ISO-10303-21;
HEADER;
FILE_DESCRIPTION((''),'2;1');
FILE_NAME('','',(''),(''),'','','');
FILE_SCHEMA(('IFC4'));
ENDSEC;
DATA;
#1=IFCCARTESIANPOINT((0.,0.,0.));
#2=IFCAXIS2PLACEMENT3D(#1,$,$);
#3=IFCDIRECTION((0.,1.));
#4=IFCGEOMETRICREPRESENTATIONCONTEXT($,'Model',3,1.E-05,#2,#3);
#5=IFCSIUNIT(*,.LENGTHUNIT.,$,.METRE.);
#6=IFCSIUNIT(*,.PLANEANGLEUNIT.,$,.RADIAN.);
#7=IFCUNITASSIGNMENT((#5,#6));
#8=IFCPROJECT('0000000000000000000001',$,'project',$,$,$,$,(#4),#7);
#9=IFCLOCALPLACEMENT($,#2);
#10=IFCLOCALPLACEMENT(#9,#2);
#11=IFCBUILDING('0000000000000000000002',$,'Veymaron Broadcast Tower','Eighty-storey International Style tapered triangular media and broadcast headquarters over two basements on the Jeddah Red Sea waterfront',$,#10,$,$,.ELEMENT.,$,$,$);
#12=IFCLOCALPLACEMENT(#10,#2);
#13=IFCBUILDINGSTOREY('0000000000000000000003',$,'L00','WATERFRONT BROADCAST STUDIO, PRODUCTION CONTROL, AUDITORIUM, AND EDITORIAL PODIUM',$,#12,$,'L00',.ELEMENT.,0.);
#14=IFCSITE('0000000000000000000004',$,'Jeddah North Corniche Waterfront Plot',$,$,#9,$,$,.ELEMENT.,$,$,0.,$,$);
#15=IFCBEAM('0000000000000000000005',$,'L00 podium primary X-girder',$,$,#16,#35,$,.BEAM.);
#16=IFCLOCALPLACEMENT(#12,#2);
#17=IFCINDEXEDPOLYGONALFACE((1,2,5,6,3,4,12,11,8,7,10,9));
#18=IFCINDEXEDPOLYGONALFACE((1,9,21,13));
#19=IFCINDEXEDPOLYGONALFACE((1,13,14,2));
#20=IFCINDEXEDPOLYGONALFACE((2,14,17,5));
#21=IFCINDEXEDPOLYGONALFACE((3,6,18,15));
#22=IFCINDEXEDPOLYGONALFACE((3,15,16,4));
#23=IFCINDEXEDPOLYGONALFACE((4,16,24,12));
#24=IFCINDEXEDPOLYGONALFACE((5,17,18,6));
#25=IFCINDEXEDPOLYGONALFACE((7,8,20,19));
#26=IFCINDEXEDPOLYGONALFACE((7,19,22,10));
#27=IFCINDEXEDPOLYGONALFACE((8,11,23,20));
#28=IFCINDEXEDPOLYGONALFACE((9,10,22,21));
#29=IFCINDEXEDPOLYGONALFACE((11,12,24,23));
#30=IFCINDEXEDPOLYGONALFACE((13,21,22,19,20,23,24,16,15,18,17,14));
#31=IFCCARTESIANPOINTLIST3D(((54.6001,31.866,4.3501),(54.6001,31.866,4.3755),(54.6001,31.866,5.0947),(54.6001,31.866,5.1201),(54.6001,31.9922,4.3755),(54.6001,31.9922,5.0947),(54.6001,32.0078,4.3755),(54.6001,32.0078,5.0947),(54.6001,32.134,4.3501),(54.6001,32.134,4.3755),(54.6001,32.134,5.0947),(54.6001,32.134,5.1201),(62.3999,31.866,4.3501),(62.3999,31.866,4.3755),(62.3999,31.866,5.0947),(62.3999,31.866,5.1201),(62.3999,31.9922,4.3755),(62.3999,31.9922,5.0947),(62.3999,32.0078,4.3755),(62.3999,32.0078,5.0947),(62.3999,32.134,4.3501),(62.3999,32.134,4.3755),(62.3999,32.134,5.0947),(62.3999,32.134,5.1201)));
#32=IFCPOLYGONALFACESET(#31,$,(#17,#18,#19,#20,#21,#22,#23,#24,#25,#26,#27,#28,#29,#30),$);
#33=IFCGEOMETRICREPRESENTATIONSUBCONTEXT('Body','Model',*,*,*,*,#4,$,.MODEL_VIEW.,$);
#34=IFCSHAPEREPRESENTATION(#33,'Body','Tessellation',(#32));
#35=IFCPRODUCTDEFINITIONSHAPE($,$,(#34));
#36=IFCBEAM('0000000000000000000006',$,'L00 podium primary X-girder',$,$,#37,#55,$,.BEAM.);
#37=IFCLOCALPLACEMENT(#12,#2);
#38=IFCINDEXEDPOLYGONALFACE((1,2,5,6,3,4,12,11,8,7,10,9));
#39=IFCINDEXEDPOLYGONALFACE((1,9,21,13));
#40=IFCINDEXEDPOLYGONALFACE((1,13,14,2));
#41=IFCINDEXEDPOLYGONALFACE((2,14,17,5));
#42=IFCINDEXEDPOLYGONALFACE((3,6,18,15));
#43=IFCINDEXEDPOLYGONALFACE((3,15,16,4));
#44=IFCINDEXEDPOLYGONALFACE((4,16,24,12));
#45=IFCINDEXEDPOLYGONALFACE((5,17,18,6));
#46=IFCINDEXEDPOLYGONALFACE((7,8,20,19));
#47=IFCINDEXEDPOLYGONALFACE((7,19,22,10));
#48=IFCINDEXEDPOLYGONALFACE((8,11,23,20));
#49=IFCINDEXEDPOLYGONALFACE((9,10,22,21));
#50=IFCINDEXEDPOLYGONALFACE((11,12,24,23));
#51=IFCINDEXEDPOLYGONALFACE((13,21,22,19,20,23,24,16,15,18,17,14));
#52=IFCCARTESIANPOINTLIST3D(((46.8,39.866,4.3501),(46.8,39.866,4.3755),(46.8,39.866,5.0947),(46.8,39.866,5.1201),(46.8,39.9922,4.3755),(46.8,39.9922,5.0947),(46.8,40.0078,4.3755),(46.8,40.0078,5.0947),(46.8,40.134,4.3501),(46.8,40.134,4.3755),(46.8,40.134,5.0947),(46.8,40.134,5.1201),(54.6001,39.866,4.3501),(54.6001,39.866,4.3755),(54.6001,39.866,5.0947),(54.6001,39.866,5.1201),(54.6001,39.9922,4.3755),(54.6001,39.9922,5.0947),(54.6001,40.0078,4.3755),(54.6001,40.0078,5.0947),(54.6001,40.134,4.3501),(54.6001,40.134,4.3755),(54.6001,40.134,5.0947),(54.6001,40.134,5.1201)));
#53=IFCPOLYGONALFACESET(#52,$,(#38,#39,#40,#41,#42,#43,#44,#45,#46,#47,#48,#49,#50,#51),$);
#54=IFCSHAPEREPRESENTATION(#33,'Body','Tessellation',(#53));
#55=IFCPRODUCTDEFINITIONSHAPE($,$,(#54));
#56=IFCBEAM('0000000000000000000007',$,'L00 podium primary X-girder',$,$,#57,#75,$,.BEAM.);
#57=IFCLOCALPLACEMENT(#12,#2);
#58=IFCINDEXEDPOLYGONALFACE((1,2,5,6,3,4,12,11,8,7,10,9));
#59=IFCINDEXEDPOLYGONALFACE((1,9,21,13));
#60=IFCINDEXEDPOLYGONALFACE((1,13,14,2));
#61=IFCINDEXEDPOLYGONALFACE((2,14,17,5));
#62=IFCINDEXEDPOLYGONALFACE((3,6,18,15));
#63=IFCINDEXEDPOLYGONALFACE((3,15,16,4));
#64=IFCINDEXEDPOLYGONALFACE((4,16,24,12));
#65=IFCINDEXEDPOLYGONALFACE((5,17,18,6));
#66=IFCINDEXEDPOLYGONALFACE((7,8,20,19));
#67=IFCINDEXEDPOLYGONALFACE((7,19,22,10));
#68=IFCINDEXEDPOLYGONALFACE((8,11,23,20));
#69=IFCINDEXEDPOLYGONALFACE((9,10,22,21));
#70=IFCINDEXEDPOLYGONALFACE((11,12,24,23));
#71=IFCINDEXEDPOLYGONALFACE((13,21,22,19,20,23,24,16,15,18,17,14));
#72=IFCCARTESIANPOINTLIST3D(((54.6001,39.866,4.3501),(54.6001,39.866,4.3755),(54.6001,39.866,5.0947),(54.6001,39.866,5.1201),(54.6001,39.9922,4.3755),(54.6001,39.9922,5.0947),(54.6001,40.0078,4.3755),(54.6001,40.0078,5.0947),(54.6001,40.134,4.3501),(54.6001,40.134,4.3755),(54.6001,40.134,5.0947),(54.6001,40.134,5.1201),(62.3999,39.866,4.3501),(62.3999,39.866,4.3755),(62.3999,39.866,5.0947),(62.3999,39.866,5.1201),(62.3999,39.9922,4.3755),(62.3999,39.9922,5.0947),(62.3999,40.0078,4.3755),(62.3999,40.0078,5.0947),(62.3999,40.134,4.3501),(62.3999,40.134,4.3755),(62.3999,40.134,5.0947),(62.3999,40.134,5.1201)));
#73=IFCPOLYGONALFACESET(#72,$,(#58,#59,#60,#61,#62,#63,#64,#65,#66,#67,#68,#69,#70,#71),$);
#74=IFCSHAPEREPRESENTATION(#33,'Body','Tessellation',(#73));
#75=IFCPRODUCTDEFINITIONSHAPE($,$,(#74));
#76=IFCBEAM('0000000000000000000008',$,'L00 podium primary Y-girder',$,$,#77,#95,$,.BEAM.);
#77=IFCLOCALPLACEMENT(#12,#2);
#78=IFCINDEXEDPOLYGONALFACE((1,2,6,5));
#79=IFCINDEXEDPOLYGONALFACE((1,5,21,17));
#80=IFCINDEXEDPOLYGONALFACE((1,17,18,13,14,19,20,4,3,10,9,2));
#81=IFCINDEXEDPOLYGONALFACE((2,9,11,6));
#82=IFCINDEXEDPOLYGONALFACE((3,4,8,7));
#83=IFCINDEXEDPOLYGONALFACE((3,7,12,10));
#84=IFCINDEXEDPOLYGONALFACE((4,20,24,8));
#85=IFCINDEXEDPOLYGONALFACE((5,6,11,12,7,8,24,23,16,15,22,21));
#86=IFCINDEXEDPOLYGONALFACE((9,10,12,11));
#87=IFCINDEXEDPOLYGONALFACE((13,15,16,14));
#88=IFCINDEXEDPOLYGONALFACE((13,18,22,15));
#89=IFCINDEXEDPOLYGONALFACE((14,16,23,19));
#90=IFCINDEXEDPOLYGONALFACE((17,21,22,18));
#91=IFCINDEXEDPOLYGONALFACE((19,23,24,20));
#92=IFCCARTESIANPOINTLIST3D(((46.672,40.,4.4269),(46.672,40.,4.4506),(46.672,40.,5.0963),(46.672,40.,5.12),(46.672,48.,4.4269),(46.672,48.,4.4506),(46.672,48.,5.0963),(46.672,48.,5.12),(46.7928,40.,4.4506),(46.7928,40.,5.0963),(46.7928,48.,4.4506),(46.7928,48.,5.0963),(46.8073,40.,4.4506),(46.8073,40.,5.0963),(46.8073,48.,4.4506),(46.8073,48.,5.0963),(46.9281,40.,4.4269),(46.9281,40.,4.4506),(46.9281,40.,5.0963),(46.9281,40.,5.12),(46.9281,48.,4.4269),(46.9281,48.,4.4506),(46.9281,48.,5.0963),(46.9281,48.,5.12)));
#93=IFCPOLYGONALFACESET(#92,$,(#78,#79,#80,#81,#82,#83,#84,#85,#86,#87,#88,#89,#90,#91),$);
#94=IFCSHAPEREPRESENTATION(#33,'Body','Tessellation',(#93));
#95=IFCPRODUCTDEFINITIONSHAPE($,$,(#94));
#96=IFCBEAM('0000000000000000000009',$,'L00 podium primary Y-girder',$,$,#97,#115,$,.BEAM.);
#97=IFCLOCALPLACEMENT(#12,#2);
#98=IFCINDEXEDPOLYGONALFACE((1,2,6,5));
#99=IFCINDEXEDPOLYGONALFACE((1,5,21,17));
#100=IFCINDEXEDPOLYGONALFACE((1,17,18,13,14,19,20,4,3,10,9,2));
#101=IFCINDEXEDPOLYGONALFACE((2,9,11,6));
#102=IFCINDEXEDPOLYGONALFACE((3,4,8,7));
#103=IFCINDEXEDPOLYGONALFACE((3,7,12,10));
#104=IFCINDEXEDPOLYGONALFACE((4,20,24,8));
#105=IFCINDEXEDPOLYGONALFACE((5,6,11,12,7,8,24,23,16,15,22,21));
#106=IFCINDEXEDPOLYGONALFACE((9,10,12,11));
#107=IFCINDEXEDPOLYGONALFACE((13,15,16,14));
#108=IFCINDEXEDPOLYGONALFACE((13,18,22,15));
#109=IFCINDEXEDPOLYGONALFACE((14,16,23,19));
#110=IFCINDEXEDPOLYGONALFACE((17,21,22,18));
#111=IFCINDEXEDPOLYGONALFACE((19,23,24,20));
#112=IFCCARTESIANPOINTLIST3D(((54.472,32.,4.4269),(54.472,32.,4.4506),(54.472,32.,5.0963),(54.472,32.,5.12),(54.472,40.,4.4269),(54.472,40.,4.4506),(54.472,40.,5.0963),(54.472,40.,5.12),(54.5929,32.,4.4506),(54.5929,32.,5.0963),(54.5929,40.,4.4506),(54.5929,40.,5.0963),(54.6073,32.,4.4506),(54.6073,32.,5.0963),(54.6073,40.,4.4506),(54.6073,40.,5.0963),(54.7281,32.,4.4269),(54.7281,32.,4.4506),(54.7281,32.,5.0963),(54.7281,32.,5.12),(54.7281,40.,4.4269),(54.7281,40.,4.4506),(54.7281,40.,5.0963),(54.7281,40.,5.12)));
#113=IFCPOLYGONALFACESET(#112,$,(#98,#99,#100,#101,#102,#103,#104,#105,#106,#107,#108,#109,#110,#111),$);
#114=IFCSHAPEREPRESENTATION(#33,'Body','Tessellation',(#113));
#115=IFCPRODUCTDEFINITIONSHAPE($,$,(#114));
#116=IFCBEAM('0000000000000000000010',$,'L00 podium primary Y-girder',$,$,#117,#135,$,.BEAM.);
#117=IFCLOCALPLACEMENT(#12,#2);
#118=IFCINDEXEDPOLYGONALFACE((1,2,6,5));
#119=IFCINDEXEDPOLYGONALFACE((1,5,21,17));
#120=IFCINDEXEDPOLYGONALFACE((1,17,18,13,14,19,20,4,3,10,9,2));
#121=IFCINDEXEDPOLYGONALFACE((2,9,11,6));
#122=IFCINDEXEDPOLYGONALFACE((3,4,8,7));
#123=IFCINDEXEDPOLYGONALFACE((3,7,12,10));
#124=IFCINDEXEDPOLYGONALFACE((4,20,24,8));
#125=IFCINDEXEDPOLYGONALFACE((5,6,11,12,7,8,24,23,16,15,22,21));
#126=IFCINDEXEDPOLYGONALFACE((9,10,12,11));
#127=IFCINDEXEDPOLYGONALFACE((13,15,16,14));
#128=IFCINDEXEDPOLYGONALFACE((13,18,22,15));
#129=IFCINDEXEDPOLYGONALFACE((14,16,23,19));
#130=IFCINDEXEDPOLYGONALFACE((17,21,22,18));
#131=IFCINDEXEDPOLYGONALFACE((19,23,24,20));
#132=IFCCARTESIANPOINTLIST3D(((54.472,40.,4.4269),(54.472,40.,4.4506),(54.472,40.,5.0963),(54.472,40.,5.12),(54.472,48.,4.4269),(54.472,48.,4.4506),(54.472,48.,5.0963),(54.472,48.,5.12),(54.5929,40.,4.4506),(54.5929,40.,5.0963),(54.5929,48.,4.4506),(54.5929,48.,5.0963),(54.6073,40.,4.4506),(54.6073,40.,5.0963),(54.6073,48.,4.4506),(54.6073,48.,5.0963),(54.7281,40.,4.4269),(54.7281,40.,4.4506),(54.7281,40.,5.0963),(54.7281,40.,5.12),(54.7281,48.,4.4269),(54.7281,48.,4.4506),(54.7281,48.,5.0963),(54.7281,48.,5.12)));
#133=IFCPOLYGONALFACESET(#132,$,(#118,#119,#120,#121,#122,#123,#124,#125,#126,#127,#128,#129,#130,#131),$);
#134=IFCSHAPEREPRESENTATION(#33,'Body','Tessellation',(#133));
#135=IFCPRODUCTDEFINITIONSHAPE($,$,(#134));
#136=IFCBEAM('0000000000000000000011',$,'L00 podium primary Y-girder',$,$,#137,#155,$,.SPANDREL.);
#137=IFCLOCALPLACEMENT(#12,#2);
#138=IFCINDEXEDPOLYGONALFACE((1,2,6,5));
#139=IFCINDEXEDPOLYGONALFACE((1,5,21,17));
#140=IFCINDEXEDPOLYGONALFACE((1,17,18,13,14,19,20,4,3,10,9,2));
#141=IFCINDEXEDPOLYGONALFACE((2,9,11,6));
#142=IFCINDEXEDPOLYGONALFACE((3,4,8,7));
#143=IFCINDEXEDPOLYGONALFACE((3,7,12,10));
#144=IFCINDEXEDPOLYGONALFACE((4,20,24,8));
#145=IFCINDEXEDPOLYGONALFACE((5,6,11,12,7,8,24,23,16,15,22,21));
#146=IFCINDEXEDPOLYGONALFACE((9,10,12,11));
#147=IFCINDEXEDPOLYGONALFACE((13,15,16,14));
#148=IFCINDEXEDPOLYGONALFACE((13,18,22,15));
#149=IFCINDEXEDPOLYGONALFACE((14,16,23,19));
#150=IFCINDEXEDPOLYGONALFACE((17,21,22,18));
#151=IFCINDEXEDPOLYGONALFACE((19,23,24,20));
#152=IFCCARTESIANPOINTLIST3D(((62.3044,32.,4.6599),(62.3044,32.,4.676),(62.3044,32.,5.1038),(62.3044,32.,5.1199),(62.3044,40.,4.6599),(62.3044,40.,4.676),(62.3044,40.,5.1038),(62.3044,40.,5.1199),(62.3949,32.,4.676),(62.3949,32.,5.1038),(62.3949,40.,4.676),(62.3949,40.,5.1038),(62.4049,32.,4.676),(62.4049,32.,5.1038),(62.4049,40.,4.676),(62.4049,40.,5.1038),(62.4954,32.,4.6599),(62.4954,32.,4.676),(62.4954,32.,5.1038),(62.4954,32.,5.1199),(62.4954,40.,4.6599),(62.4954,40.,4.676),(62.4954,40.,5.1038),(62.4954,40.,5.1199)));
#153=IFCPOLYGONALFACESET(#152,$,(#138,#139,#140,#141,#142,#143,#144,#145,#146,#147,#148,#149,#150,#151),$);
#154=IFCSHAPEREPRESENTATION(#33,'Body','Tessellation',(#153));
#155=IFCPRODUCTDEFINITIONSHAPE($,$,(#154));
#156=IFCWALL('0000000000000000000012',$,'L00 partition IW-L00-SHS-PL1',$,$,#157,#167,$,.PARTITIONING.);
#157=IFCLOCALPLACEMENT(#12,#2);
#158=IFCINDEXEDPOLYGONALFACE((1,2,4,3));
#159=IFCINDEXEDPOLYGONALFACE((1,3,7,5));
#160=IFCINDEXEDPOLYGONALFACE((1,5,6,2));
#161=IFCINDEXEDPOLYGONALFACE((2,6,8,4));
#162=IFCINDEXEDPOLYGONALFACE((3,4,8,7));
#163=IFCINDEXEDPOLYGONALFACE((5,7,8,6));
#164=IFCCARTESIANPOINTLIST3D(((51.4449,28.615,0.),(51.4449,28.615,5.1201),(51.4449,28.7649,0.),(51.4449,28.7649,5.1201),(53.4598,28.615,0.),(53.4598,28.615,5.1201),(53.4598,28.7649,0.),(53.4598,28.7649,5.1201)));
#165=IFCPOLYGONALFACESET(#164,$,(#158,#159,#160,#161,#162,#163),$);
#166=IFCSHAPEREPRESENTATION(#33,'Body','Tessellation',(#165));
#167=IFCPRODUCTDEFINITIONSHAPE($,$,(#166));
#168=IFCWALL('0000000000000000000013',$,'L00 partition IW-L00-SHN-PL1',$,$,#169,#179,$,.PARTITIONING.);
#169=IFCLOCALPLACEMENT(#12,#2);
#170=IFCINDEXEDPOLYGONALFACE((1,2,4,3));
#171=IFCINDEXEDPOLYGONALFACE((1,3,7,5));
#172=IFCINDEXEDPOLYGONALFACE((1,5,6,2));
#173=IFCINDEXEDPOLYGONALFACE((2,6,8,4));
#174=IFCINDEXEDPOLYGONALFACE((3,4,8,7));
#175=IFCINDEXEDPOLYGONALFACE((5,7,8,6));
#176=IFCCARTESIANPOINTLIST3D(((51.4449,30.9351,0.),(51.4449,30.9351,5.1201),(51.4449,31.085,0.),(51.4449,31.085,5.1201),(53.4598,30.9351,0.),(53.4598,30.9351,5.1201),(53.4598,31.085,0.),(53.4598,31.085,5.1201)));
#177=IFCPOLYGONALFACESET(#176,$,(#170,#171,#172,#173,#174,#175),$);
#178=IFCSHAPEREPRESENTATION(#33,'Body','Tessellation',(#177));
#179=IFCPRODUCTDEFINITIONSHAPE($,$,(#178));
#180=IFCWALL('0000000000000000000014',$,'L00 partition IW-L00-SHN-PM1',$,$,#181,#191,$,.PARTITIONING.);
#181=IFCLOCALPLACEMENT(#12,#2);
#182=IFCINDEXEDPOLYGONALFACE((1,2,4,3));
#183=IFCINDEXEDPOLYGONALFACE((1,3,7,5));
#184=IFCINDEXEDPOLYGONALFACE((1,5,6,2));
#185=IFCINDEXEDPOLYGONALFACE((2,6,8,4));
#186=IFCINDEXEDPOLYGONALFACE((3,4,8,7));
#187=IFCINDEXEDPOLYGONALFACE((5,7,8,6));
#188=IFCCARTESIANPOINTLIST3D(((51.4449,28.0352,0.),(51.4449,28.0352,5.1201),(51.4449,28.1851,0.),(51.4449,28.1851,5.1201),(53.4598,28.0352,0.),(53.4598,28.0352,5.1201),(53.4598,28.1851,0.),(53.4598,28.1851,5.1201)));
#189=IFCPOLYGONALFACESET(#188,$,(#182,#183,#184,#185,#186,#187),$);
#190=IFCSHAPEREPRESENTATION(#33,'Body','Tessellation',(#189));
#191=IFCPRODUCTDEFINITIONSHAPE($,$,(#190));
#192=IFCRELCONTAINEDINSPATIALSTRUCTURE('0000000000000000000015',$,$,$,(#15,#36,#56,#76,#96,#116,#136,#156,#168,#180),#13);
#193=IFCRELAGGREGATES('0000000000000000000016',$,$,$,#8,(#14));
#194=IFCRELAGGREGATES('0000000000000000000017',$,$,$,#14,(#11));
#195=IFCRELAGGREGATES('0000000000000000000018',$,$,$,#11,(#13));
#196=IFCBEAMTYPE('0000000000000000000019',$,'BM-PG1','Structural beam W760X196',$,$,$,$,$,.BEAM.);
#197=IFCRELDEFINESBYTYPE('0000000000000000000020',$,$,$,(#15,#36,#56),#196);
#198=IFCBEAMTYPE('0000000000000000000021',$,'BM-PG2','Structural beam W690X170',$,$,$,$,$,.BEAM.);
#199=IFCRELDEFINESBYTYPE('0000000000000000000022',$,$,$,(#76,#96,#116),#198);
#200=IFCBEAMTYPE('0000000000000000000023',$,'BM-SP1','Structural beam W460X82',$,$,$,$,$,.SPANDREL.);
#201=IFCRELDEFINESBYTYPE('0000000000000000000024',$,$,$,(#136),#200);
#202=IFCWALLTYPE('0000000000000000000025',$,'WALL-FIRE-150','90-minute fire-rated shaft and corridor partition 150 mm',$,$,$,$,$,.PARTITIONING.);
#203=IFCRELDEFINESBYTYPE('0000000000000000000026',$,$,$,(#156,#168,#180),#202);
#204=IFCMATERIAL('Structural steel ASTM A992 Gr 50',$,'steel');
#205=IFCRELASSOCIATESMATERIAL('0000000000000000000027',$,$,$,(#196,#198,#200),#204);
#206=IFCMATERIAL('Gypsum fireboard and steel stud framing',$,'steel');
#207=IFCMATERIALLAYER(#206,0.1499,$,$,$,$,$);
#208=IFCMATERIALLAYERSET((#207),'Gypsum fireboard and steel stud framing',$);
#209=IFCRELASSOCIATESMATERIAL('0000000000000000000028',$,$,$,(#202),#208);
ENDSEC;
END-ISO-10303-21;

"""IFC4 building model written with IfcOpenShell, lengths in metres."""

from ifc_helpers import new_model, si_unit, direction, frame, frame_2d, origin, origin_2d, place, context, subcontext, project, spatial, rectangle, i_section, extrude, material, layer, layer_set, material_profile, profile_set, type_object, element, save


model = new_model("IFC4")

# Units and contexts
model_context = context("Model", 3, precision=1e-05, world=origin(), true_north=direction((0.0, 1.0)))
body_context = subcontext(model_context, "Body", "Model", "MODEL_VIEW")
ifc_project = project(units=[si_unit("LENGTHUNIT", "METRE"), si_unit("PLANEANGLEUNIT", "RADIAN")], contexts=[model_context])

# Site, building, storey
site_placement = place(None, origin())
site = spatial("IfcSite", under=ifc_project, at=site_placement, Name="Jeddah North Corniche Waterfront Plot", CompositionType="ELEMENT", RefElevation=0.0)
building_placement = place(site_placement, origin())
building = spatial("IfcBuilding", under=site, at=building_placement, Name="Veymaron Broadcast Tower", Description="Eighty-storey International Style tapered triangular media and broadcast headquarters over two basements on the Jeddah Red Sea waterfront", CompositionType="ELEMENT")
storey_placement = place(building_placement, origin())
storey = spatial("IfcBuildingStorey", under=building, at=storey_placement, Name="L00", Description="WATERFRONT BROADCAST STUDIO, PRODUCTION CONTROL, AUDITORIUM, AND EDITORIAL PODIUM", LongName="L00", CompositionType="ELEMENT", Elevation=0.0)

# Shared definitions
ifc_material_1 = material(Name="Structural steel ASTM A992 Gr 50", Category="steel")

# Beams
ifc_material_profile_1 = material_profile(ifc_material_1, i_section(OverallWidth=0.2681, OverallDepth=0.77, WebThickness=0.0156, FlangeThickness=0.0254, at=origin_2d()), Name="W760X196")
ifc_profile_set_1 = profile_set([ifc_material_profile_1], Name="Structural steel ASTM A992 Gr 50")
beam_type_1 = type_object("IfcBeamType", Name="BM-PG1", Description="Structural beam W760X196", PredefinedType="BEAM", material=ifc_profile_set_1)
beam_1_placement = place(storey_placement, frame((54.6001, 32.0, 4.7351), z_axis=(1.0, 0.0, 0.0), x_axis=(0.0, 1.0, 0.0)))
element("IfcBeam", 1, at=beam_1_placement, inside=storey, type_object=beam_type_1, Name="L00 podium primary X-girder", PredefinedType="BEAM", context=body_context, shape_type="SweptSolid", body=[
    extrude(i_section(OverallWidth=0.2681, OverallDepth=0.77, WebThickness=0.0156, FlangeThickness=0.0254, at=origin_2d()), origin(), (0.0, 0.0, 1.0), 7.7998),
])
beam_2_placement = place(storey_placement, frame((46.8, 40.0, 4.7351), z_axis=(1.0, 0.0, 0.0), x_axis=(0.0, 1.0, 0.0)))
element("IfcBeam", 2, at=beam_2_placement, inside=storey, type_object=beam_type_1, Name="L00 podium primary X-girder", PredefinedType="BEAM", context=body_context, shape_type="SweptSolid", body=[
    extrude(i_section(OverallWidth=0.2681, OverallDepth=0.77, WebThickness=0.0156, FlangeThickness=0.0254, at=origin_2d()), origin(), (0.0, 0.0, 1.0), 7.8),
])
beam_3_placement = place(storey_placement, frame((54.6001, 40.0, 4.7351), z_axis=(1.0, 0.0, 0.0), x_axis=(0.0, 1.0, 0.0)))
element("IfcBeam", 3, at=beam_3_placement, inside=storey, type_object=beam_type_1, Name="L00 podium primary X-girder", PredefinedType="BEAM", context=body_context, shape_type="SweptSolid", body=[
    extrude(i_section(OverallWidth=0.2681, OverallDepth=0.77, WebThickness=0.0156, FlangeThickness=0.0254, at=origin_2d()), origin(), (0.0, 0.0, 1.0), 7.7998),
])
ifc_material_profile_2 = material_profile(ifc_material_1, i_section(OverallWidth=0.2561, OverallDepth=0.6931, WebThickness=0.0144, FlangeThickness=0.0237, at=origin_2d()), Name="W690X170")
ifc_profile_set_2 = profile_set([ifc_material_profile_2], Name="Structural steel ASTM A992 Gr 50")
beam_type_2 = type_object("IfcBeamType", Name="BM-PG2", Description="Structural beam W690X170", PredefinedType="BEAM", material=ifc_profile_set_2)
for number, where, z_axis, x_axis, name in (
    (4, (46.8, 40.0, 4.7734), (0.0, 1.0, 0.0), (-1.0, 0.0, 0.0), "L00 podium primary Y-girder"),
    (5, (54.6001, 32.0, 4.7734), (0.0, 1.0, 0.0), (-1.0, 0.0, 0.0), "L00 podium primary Y-girder"),
    (6, (54.6001, 40.0, 4.7734), (0.0, 1.0, 0.0), (-1.0, 0.0, 0.0), "L00 podium primary Y-girder"),
):
    element("IfcBeam", number, at=place(storey_placement, frame(where, z_axis=z_axis, x_axis=x_axis)), inside=storey, type_object=beam_type_2, Name=name, PredefinedType="BEAM", context=body_context, shape_type="SweptSolid", body=[
        extrude(i_section(OverallWidth=0.2561, OverallDepth=0.6931, WebThickness=0.0144, FlangeThickness=0.0237, at=origin_2d()), origin(), (0.0, 0.0, 1.0), 8.0),
    ])
ifc_material_profile_3 = material_profile(ifc_material_1, i_section(OverallWidth=0.1909, OverallDepth=0.46, WebThickness=0.01, FlangeThickness=0.0161, at=origin_2d()), Name="W460X82")
ifc_profile_set_3 = profile_set([ifc_material_profile_3], Name="Structural steel ASTM A992 Gr 50")
beam_type_3 = type_object("IfcBeamType", Name="BM-SP1", Description="Structural beam W460X82", PredefinedType="SPANDREL", material=ifc_profile_set_3)
beam_4_placement = place(storey_placement, frame((62.3999, 32.0, 4.8899), z_axis=(0.0, 1.0, 0.0), x_axis=(-1.0, 0.0, 0.0)))
element("IfcBeam", 7, at=beam_4_placement, inside=storey, type_object=beam_type_3, Name="L00 podium primary Y-girder", PredefinedType="SPANDREL", context=body_context, shape_type="SweptSolid", body=[
    extrude(i_section(OverallWidth=0.1909, OverallDepth=0.46, WebThickness=0.01, FlangeThickness=0.0161, at=origin_2d()), origin(), (0.0, 0.0, 1.0), 8.0),
])

# Shared definitions
ifc_material_2 = material(Name="Gypsum fireboard and steel stud framing", Category="steel")
ifc_layer_1 = layer(ifc_material_2, 0.1499)
ifc_layer_set_1 = layer_set([ifc_layer_1], Name="Gypsum fireboard and steel stud framing")
wall_type_1 = type_object("IfcWallType", Name="WALL-FIRE-150", Description="90-minute fire-rated shaft and corridor partition 150 mm", PredefinedType="PARTITIONING", material=ifc_layer_set_1)

# Walls
for number, where, z_axis, x_axis, name in (
    (8, (51.4451, 28.6899, 0.0), (0.0, 0.0, 1.0), (1.0, 0.0, 0.0), "L00 partition IW-L00-SHS-PL1"),
    (9, (51.4451, 31.01, 0.0), (0.0, 0.0, 1.0), (1.0, 0.0, 0.0), "L00 partition IW-L00-SHN-PL1"),
    (10, (51.4451, 28.1101, 0.0), (0.0, 0.0, 1.0), (1.0, 0.0, 0.0), "L00 partition IW-L00-SHN-PM1"),
):
    element("IfcWall", number, at=place(storey_placement, frame(where, z_axis=z_axis, x_axis=x_axis)), inside=storey, type_object=wall_type_1, Name=name, PredefinedType="PARTITIONING", context=body_context, shape_type="SweptSolid", body=[
        extrude(rectangle(XDim=2.0149, YDim=0.1499, at=frame_2d((1.0073, 0.0))), origin(), (0.0, 0.0, 1.0), 5.1201),
    ])

save(model, "model.ifc")
